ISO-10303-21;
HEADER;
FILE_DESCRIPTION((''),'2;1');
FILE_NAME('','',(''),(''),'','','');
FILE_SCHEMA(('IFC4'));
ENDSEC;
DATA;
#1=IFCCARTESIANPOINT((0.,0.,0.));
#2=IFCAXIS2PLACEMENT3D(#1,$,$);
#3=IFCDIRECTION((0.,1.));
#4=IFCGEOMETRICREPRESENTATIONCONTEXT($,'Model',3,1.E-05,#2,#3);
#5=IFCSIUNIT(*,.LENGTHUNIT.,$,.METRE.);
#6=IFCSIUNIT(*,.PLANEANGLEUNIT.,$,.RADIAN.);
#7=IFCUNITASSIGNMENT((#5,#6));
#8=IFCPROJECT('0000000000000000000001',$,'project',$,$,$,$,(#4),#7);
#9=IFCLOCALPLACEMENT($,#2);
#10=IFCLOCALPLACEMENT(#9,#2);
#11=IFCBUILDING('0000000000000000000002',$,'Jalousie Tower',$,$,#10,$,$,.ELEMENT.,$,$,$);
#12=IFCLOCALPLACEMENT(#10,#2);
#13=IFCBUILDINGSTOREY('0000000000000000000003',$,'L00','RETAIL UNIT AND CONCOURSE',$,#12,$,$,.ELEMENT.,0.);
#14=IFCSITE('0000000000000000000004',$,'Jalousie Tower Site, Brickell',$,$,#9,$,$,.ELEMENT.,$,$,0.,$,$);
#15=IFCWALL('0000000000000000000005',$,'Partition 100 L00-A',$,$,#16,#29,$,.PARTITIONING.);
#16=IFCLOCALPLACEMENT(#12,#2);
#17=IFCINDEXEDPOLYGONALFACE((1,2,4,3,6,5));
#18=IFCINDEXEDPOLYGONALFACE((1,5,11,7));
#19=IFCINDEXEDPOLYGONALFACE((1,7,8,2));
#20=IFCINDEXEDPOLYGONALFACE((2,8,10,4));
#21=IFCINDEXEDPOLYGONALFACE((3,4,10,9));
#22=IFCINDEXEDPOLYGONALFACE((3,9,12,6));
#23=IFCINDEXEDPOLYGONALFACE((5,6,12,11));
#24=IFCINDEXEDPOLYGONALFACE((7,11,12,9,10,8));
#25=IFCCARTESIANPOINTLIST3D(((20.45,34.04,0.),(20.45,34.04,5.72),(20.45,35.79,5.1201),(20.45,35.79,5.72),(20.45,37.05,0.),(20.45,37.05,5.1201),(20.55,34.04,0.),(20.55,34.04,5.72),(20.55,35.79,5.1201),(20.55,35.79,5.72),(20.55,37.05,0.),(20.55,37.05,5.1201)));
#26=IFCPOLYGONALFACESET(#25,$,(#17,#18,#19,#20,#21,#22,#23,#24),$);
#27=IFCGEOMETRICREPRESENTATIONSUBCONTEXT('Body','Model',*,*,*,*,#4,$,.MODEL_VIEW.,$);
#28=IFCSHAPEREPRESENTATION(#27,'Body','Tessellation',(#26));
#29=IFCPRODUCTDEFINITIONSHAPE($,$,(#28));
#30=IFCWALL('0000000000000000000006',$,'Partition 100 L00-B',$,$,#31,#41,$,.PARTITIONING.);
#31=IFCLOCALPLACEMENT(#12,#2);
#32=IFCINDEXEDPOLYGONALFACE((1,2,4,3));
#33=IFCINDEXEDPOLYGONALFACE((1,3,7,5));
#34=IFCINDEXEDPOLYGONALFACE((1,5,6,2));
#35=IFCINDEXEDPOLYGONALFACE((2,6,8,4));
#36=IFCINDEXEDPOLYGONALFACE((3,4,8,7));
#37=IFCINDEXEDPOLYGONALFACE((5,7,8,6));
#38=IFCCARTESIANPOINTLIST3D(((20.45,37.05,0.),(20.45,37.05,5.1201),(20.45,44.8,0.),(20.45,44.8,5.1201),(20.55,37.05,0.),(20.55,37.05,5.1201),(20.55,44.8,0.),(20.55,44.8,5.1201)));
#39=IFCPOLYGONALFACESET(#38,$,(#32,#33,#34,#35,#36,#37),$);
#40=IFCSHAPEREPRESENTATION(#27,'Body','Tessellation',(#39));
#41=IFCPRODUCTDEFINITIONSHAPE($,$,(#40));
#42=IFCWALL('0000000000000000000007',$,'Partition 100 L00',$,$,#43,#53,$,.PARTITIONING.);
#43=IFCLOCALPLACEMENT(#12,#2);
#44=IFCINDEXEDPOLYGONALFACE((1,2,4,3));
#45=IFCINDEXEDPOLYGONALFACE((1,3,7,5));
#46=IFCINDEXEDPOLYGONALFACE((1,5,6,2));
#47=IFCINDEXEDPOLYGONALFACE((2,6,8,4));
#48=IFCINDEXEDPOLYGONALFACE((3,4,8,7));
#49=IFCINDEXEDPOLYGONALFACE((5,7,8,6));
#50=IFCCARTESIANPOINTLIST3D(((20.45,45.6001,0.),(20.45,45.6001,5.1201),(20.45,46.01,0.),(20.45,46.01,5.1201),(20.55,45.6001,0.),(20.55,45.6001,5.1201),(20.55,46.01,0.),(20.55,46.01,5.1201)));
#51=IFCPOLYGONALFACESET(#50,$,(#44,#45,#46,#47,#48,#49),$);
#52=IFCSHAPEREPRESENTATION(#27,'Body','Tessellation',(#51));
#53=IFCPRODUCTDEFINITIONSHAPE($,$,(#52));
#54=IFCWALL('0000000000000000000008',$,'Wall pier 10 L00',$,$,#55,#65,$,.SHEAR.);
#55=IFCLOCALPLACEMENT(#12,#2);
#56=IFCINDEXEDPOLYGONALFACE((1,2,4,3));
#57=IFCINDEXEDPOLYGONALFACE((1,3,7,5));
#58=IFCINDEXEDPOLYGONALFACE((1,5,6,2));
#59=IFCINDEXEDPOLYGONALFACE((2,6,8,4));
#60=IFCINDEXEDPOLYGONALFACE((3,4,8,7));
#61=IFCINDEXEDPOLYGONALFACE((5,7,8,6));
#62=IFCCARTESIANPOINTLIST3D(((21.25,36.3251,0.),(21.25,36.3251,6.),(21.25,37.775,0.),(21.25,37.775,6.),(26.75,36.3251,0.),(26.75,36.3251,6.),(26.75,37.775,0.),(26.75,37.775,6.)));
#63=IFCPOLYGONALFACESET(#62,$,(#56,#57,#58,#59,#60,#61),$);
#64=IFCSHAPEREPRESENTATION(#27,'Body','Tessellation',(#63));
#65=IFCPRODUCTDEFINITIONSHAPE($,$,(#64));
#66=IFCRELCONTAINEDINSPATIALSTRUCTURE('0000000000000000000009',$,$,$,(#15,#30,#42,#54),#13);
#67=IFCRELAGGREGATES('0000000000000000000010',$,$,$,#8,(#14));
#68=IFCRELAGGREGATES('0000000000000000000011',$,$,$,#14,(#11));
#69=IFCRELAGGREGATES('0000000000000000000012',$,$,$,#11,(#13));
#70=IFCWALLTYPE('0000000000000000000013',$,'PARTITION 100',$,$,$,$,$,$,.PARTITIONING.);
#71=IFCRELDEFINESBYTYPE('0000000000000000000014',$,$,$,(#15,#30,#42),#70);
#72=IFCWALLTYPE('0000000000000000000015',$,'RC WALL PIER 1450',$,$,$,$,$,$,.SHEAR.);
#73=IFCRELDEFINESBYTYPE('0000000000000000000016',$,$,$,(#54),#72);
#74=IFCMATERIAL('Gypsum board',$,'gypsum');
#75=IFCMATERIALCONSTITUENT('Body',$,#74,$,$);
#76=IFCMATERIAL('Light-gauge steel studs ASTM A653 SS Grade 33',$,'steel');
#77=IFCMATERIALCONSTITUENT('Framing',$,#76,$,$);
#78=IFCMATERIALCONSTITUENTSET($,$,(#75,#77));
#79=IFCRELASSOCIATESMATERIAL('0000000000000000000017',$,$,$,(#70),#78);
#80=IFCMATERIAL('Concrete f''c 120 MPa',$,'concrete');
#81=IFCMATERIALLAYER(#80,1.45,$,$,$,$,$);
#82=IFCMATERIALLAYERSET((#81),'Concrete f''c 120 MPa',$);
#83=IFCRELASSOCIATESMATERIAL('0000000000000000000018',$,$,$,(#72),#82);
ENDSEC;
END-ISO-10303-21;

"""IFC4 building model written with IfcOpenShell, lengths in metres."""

from ifc_helpers import new_model, si_unit, direction, frame, frame_2d, origin, place, context, subcontext, project, spatial, polyline, rectangle, outline, extrude, material, layer, layer_set, constituent, constituent_set, type_object, element, save


model = new_model("IFC4")

# Units and contexts
model_context = context("Model", 3, precision=1e-05, world=origin(), true_north=direction((0.0, 1.0)))
body_context = subcontext(model_context, "Body", "Model", "MODEL_VIEW")
ifc_project = project(units=[si_unit("LENGTHUNIT", "METRE"), si_unit("PLANEANGLEUNIT", "RADIAN")], contexts=[model_context])

# Site, building, storey
site_placement = place(None, origin())
site = spatial("IfcSite", under=ifc_project, at=site_placement, Name="Jalousie Tower Site, Brickell", CompositionType="ELEMENT", RefElevation=0.0)
building_placement = place(site_placement, origin())
building = spatial("IfcBuilding", under=site, at=building_placement, Name="Jalousie Tower", CompositionType="ELEMENT")
storey_placement = place(building_placement, origin())
storey = spatial("IfcBuildingStorey", under=building, at=storey_placement, Name="L00", Description="RETAIL UNIT AND CONCOURSE", CompositionType="ELEMENT", Elevation=0.0)

# Shared definitions
ifc_material_1 = material(Name="Gypsum board", Category="gypsum")
ifc_constituent_1 = constituent(ifc_material_1, Name="Body")
ifc_material_2 = material(Name="Light-gauge steel studs ASTM A653 SS Grade 33", Category="steel")
ifc_constituent_2 = constituent(ifc_material_2, Name="Framing")
ifc_constituent_set_1 = constituent_set(constituents=[ifc_constituent_1, ifc_constituent_2])
wall_type_1 = type_object("IfcWallType", Name="PARTITION 100", PredefinedType="PARTITIONING", material=ifc_constituent_set_1)

# Walls
wall_1_placement = place(storey_placement, frame((20.5, 34.04, 0.0), z_axis=(0.0, 0.0, 1.0), x_axis=(0.0, 1.0, 0.0)))
element("IfcWall", 1, at=wall_1_placement, inside=storey, type_object=wall_type_1, Name="Partition 100 L00-A", PredefinedType="PARTITIONING", context=body_context, shape_type="SweptSolid", body=[
    extrude(outline(polyline([(0.0, 0.0), (3.01, 0.0), (3.01, 5.1201), (1.75, 5.1201), (1.75, 5.72), (0.0, 5.72), (0.0, 0.0)])), frame((0.0, 0.05, 0.0), z_axis=(0.0, -1.0, 0.0), x_axis=(1.0, 0.0, 0.0)), (0.0, 0.0, 1.0), 0.1001),
])
wall_2_placement = place(storey_placement, frame((20.5, 37.05, 0.0), z_axis=(0.0, 0.0, 1.0), x_axis=(0.0, 1.0, 0.0)))
element("IfcWall", 2, at=wall_2_placement, inside=storey, type_object=wall_type_1, Name="Partition 100 L00-B", PredefinedType="PARTITIONING", context=body_context, shape_type="SweptSolid", body=[
    extrude(rectangle(XDim=7.75, YDim=0.1001, at=frame_2d((3.875, 0.0))), origin(), (0.0, 0.0, 1.0), 5.1201),
])
wall_3_placement = place(storey_placement, frame((20.5, 45.6001, 0.0), z_axis=(0.0, 0.0, 1.0), x_axis=(0.0, 1.0, 0.0)))
element("IfcWall", 3, at=wall_3_placement, inside=storey, type_object=wall_type_1, Name="Partition 100 L00", PredefinedType="PARTITIONING", context=body_context, shape_type="SweptSolid", body=[
    extrude(outline(polyline([(0.0, 0.0), (0.4099, 0.0), (0.4099, 5.72), (0.4099, 5.1201), (0.0, 5.1201), (0.0, 5.72), (0.0, 0.0)])), frame((0.0, 0.05, 0.0), z_axis=(0.0, -1.0, 0.0), x_axis=(1.0, 0.0, 0.0)), (0.0, 0.0, 1.0), 0.1001),
])
ifc_material_3 = material(Name="Concrete f'c 120 MPa", Category="concrete")
ifc_layer = layer(ifc_material_3, 1.45)
ifc_layer_set = layer_set([ifc_layer], Name="Concrete f'c 120 MPa")
wall_type_2 = type_object("IfcWallType", Name="RC WALL PIER 1450", PredefinedType="SHEAR", material=ifc_layer_set)
wall_4_placement = place(storey_placement, frame((21.25, 37.05, 0.0), z_axis=(0.0, 0.0, 1.0), x_axis=(1.0, 0.0, 0.0)))
element("IfcWall", 4, at=wall_4_placement, inside=storey, type_object=wall_type_2, Name="Wall pier 10 L00", PredefinedType="SHEAR", context=body_context, shape_type="SweptSolid", body=[
    extrude(rectangle(XDim=5.5, YDim=1.45, at=frame_2d((2.75, 0.0))), origin(), (0.0, 0.0, 1.0), 6.0),
])

save(model, "model.ifc")
